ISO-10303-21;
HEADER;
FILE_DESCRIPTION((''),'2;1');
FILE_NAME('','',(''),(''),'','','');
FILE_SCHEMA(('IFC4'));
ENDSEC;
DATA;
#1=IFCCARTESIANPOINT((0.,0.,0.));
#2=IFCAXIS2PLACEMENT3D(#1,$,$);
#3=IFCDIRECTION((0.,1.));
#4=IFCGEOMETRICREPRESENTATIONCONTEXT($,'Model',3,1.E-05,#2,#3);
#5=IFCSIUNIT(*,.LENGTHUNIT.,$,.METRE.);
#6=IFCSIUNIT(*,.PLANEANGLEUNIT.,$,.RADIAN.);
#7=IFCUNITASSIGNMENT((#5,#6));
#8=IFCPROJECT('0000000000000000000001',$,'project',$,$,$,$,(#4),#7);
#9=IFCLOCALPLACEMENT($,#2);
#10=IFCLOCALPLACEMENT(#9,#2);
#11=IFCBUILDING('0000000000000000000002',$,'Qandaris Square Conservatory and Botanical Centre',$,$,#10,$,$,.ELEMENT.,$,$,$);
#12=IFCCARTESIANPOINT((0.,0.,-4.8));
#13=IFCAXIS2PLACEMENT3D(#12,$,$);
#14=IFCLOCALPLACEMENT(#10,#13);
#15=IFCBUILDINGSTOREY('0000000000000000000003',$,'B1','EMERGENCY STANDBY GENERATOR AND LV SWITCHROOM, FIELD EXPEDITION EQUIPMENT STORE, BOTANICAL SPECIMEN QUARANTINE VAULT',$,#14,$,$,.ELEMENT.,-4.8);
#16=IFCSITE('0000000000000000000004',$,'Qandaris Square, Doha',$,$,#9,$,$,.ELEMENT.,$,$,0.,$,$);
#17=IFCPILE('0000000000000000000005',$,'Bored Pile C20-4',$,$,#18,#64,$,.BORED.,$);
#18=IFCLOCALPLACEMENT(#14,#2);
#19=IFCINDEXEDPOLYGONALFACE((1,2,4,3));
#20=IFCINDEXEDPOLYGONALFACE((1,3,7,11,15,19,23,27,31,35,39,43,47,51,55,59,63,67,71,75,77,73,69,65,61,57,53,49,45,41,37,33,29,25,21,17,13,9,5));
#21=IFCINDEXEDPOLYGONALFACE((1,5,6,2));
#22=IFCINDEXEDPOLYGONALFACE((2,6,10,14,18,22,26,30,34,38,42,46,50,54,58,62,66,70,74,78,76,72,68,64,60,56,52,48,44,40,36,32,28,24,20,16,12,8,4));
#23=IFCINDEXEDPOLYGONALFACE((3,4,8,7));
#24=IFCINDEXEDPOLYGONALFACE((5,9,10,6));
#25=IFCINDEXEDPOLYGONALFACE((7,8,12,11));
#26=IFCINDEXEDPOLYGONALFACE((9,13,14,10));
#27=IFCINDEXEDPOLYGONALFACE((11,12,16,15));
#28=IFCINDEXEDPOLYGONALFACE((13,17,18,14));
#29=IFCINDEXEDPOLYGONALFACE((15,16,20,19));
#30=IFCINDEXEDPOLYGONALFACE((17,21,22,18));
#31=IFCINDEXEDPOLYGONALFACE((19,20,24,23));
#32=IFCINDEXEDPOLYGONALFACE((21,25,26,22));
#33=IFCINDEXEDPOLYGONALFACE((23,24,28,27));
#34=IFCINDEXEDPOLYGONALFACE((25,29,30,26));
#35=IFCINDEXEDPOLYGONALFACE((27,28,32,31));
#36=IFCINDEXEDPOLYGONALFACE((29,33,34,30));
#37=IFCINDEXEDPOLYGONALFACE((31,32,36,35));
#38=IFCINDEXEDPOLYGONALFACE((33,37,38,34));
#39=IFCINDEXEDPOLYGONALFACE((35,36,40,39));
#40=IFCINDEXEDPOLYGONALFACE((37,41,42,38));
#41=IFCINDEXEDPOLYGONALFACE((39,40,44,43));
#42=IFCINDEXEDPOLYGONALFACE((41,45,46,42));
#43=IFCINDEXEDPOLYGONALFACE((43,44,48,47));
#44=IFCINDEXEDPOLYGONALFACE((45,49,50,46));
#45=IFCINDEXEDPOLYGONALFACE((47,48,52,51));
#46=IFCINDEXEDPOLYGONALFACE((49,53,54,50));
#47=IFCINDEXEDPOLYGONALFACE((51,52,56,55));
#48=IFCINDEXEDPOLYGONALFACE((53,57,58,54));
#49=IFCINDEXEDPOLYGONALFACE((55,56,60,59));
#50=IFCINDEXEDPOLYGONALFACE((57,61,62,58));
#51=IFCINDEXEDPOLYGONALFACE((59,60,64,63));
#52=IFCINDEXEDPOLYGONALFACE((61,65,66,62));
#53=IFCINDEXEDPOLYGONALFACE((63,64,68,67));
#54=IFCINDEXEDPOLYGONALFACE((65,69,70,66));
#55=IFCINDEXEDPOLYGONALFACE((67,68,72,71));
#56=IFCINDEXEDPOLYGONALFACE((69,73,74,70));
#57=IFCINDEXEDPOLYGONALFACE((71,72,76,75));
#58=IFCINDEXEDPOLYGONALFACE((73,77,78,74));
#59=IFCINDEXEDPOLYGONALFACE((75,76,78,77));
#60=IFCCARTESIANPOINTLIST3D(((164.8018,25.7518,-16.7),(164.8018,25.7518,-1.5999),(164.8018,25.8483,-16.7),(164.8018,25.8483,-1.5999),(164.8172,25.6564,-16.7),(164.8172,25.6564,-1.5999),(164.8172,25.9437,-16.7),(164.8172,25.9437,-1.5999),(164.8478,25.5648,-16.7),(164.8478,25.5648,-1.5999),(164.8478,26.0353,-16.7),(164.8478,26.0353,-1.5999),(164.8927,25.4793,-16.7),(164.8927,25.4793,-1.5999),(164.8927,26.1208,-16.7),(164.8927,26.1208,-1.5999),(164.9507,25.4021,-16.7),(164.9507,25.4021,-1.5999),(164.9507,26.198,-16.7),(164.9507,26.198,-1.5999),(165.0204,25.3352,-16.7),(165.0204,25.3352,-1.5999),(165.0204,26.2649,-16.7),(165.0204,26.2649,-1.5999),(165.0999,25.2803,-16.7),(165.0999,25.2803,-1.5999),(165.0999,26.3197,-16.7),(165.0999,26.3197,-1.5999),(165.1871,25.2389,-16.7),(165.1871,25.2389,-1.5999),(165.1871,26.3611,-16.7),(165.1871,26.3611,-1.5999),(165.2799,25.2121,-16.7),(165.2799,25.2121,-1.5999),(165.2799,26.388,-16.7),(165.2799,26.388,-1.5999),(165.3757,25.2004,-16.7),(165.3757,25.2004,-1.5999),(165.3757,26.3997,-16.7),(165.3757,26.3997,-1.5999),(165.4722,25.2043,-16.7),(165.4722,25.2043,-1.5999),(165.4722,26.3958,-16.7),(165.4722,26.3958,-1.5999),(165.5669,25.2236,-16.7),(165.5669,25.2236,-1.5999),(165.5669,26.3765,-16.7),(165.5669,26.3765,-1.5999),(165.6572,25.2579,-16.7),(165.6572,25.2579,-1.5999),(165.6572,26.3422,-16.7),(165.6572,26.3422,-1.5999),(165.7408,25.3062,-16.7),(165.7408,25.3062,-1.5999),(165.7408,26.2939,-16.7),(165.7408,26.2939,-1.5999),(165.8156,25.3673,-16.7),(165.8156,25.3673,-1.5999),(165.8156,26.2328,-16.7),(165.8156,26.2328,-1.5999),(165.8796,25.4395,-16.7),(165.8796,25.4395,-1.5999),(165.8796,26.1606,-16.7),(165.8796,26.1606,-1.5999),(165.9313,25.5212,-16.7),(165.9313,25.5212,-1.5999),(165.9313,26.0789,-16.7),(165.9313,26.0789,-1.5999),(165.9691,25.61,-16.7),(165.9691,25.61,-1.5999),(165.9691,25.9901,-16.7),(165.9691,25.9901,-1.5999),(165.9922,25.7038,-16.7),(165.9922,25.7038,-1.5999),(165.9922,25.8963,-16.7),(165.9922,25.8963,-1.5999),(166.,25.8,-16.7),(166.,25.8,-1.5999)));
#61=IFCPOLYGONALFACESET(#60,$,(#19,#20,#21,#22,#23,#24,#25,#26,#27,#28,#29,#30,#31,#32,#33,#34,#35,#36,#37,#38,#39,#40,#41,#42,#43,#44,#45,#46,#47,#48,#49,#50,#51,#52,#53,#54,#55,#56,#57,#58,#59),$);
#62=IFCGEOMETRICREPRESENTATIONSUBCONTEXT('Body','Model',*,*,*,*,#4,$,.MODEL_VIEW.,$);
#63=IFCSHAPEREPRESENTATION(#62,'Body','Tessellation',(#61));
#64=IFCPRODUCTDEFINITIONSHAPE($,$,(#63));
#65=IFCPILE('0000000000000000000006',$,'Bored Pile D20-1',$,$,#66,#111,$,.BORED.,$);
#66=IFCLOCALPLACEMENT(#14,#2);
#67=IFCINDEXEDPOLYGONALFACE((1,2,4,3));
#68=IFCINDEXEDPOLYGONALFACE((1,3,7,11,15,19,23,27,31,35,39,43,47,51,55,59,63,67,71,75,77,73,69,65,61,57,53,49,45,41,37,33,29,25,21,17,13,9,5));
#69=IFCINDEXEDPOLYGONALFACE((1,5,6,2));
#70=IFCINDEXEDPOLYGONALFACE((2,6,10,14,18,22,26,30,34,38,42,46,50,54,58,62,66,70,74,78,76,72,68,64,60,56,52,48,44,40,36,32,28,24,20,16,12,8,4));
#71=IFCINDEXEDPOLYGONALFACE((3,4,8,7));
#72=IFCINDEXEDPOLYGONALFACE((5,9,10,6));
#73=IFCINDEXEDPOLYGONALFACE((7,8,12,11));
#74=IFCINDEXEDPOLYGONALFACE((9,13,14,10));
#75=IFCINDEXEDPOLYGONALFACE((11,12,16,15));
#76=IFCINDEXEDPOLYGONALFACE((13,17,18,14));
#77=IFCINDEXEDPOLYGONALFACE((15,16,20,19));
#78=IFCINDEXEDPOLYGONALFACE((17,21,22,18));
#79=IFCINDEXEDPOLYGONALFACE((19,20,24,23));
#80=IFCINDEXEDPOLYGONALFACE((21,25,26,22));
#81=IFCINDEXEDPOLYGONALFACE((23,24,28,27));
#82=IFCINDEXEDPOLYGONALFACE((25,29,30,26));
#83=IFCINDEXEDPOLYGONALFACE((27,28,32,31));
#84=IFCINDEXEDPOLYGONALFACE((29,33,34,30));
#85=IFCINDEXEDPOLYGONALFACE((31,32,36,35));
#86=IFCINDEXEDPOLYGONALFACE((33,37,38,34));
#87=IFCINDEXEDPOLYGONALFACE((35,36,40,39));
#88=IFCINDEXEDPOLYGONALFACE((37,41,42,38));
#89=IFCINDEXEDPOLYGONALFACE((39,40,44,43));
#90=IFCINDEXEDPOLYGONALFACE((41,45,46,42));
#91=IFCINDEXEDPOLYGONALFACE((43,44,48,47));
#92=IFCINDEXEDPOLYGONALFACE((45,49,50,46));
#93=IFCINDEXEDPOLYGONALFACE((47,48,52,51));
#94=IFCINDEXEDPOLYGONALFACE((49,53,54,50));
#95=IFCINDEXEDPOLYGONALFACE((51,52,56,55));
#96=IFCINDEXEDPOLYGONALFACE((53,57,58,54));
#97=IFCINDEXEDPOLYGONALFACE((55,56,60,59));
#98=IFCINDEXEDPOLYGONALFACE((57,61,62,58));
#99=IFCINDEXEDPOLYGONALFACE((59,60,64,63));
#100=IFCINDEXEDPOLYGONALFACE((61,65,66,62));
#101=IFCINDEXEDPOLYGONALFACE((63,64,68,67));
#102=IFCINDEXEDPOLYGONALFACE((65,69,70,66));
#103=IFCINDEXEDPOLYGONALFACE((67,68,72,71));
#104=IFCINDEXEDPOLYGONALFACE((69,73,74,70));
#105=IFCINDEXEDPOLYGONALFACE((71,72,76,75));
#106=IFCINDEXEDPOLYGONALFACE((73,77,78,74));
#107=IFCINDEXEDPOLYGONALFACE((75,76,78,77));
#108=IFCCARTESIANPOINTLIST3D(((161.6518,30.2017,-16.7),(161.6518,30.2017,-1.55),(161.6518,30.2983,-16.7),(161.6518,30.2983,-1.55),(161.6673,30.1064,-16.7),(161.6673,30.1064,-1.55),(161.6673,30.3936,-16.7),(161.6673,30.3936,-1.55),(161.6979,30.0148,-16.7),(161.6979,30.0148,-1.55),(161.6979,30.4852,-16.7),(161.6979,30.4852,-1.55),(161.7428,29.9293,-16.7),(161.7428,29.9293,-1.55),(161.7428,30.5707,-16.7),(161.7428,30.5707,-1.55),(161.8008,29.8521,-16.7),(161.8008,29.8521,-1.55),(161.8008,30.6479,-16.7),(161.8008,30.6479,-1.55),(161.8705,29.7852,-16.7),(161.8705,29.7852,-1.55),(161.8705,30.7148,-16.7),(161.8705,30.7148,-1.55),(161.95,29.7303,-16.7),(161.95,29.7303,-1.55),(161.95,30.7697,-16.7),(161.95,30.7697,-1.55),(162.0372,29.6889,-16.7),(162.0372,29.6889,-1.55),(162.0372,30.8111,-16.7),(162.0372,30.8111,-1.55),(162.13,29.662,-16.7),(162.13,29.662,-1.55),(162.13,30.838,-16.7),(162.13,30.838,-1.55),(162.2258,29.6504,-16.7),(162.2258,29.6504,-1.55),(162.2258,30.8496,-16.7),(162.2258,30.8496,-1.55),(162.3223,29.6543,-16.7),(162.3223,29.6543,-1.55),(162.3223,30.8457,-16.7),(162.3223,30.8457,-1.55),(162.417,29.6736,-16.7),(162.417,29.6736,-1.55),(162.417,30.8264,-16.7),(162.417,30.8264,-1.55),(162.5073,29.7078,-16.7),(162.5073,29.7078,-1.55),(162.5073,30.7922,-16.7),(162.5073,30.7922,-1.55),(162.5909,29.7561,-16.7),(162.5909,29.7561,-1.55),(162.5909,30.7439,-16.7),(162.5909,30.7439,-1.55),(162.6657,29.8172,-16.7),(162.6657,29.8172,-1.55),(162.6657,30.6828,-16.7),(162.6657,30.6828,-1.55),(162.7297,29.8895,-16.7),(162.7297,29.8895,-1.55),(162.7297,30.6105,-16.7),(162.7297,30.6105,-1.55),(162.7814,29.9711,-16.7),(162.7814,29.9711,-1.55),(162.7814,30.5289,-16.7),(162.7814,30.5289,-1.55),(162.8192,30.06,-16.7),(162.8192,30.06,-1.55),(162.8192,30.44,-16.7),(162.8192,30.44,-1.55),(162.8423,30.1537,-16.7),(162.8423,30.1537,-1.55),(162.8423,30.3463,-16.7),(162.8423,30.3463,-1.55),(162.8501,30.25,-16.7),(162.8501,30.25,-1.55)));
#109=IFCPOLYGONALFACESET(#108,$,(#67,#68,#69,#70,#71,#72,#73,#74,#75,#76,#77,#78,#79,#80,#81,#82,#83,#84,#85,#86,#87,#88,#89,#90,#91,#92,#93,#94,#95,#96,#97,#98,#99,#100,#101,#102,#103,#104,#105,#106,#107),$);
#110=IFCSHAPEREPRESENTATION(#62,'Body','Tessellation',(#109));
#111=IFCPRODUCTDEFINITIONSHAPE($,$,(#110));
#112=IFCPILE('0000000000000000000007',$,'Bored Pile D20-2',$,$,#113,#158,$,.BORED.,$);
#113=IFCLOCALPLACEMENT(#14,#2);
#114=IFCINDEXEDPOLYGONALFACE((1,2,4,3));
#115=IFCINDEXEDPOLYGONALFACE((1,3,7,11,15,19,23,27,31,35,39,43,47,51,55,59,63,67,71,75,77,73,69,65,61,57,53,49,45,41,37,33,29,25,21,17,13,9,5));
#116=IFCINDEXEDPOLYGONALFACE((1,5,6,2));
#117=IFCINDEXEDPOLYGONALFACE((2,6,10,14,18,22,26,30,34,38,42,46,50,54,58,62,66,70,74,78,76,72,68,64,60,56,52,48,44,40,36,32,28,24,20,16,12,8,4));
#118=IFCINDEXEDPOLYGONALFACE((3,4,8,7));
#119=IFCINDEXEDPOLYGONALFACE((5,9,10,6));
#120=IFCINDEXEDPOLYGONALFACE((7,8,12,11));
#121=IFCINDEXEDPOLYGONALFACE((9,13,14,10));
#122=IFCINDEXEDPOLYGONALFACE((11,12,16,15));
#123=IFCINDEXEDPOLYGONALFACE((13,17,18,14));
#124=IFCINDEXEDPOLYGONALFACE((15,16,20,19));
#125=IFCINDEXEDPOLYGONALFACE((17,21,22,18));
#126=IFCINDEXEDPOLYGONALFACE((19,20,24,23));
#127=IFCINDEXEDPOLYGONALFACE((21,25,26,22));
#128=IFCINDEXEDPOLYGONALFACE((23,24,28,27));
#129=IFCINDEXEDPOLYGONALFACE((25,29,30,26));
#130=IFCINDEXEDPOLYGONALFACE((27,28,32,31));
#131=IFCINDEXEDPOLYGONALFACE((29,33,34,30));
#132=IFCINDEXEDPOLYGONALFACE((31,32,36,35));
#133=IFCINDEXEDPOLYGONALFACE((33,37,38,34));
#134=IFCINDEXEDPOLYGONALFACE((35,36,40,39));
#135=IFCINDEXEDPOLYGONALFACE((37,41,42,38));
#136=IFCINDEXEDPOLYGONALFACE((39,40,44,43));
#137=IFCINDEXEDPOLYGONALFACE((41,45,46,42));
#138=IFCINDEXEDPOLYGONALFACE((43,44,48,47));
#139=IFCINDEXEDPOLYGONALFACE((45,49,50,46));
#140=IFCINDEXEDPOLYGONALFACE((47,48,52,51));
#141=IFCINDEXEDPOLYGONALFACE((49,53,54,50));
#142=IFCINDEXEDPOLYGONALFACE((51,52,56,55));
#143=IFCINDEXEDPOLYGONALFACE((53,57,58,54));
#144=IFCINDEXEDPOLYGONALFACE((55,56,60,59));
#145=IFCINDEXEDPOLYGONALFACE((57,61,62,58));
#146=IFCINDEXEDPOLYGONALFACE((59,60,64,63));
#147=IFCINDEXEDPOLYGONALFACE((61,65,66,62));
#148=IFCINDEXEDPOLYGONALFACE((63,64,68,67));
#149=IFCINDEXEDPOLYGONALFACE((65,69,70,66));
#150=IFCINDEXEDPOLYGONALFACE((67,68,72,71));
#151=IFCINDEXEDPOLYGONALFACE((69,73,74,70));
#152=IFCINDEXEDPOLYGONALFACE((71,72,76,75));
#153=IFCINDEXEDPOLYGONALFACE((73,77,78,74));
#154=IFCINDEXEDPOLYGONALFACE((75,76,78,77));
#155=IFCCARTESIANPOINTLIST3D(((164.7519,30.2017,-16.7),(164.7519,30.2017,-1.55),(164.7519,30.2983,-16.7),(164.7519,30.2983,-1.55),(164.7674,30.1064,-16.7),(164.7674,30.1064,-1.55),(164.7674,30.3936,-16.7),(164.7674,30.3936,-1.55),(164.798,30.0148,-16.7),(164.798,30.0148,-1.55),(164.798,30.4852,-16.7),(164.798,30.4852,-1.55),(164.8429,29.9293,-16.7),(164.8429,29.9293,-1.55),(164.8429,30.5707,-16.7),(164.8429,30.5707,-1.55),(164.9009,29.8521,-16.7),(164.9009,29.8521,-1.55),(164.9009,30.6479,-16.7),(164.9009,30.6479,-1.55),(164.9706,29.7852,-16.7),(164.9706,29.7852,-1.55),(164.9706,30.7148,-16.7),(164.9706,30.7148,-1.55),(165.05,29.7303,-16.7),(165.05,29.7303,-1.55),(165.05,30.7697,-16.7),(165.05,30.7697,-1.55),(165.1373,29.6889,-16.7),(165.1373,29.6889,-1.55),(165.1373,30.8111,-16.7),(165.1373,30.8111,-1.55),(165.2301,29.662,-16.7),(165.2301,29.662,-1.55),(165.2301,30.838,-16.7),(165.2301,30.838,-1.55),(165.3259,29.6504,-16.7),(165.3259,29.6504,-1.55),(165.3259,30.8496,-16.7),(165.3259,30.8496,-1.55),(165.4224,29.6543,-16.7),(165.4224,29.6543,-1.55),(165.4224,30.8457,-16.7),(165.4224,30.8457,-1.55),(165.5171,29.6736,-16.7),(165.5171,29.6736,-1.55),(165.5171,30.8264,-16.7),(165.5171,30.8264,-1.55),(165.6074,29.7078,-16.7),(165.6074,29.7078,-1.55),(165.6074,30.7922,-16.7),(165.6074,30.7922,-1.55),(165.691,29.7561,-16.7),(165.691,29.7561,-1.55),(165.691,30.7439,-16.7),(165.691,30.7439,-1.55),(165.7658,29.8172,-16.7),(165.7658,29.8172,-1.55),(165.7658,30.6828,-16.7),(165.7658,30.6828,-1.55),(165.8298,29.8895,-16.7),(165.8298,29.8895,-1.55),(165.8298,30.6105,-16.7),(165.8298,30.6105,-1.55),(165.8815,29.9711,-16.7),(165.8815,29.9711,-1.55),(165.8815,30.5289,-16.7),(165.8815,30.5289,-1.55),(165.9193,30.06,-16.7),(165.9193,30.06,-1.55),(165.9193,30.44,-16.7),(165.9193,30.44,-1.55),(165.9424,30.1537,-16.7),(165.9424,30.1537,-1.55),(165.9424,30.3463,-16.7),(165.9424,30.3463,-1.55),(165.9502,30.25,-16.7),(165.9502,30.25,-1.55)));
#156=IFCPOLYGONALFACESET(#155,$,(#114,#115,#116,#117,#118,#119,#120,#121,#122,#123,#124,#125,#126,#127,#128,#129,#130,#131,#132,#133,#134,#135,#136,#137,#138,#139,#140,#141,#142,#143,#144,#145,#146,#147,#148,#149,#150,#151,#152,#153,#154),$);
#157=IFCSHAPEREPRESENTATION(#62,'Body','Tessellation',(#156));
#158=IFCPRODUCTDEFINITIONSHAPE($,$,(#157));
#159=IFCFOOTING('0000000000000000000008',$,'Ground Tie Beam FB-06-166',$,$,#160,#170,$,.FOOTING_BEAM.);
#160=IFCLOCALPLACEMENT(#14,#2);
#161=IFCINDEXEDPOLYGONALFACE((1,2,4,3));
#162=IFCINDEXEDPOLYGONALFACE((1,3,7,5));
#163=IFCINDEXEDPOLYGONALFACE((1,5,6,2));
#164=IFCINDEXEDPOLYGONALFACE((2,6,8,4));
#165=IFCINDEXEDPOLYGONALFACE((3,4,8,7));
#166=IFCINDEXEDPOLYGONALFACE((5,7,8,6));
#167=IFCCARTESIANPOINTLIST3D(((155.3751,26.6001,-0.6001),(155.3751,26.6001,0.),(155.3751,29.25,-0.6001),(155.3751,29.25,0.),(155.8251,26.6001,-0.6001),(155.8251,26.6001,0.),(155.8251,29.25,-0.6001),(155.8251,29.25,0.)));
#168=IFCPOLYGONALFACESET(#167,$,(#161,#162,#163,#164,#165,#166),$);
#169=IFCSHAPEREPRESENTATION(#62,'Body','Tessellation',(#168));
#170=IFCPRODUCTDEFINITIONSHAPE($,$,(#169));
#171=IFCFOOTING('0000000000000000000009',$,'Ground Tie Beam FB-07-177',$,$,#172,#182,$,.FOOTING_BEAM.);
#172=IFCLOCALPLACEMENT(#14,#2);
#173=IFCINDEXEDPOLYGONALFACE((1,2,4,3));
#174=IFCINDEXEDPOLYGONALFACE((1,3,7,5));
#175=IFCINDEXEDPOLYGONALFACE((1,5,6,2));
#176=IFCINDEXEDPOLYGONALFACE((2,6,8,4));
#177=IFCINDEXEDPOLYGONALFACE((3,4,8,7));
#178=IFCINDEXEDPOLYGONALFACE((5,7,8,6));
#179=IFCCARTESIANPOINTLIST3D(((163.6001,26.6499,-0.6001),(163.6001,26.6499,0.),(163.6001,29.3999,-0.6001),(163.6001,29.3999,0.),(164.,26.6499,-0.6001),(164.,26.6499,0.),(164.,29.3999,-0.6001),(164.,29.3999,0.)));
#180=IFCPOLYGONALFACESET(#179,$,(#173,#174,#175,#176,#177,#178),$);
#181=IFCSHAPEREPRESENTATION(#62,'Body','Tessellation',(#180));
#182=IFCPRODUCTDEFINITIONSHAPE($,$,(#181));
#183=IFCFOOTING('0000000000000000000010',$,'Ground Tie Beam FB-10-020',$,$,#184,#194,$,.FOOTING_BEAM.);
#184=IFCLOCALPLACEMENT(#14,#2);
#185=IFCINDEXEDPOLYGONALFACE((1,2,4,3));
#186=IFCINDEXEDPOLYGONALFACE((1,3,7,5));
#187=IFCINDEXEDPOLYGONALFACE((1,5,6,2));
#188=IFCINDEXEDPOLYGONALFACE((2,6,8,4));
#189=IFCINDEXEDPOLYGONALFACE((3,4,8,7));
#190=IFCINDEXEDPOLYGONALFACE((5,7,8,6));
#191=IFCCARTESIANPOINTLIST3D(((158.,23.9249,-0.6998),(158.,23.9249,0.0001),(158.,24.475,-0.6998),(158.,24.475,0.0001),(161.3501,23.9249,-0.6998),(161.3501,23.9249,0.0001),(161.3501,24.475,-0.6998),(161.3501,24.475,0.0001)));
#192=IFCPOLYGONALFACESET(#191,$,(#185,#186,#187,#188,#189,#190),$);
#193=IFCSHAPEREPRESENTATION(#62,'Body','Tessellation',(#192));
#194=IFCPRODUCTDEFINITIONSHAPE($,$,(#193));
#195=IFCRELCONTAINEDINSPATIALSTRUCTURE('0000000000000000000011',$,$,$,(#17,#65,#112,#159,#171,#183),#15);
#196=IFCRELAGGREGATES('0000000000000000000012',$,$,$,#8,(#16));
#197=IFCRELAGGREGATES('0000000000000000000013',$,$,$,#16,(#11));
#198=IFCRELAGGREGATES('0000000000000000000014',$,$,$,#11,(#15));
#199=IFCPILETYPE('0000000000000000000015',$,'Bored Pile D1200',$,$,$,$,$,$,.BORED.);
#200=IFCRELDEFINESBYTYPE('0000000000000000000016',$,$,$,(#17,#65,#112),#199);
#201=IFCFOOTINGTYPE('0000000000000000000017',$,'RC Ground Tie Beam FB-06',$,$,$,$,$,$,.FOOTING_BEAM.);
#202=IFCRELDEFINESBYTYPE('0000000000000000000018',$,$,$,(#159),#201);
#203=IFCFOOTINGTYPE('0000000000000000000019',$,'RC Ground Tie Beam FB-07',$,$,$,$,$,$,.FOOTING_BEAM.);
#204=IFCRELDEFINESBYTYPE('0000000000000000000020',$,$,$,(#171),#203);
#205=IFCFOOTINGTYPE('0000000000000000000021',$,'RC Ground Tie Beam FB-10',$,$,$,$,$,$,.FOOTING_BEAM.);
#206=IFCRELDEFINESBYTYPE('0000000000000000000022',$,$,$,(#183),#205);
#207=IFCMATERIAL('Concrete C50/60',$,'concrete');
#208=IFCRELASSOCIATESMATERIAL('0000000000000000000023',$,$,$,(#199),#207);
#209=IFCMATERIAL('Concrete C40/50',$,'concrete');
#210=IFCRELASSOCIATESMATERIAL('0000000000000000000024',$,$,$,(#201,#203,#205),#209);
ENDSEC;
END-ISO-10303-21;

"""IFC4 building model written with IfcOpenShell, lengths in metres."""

from ifc_helpers import new_model, si_unit, direction, frame, origin, origin_2d, place, context, subcontext, project, spatial, rectangle, circle, extrude, material, material_profile, profile_set, type_object, element, save


model = new_model("IFC4")

# Units and contexts
model_context = context("Model", 3, precision=1e-05, world=origin(), true_north=direction((0.0, 1.0)))
body_context = subcontext(model_context, "Body", "Model", "MODEL_VIEW")
ifc_project = project(units=[si_unit("LENGTHUNIT", "METRE"), si_unit("PLANEANGLEUNIT", "RADIAN")], contexts=[model_context])

# Site, building, storey
site_placement = place(None, origin())
site = spatial("IfcSite", under=ifc_project, at=site_placement, Name="Qandaris Square, Doha", CompositionType="ELEMENT", RefElevation=0.0)
building_placement = place(site_placement, origin())
building = spatial("IfcBuilding", under=site, at=building_placement, Name="Qandaris Square Conservatory and Botanical Centre", CompositionType="ELEMENT")
storey_placement = place(building_placement, frame((0.0, 0.0, -4.8)))
storey = spatial("IfcBuildingStorey", under=building, at=storey_placement, Name="B1", Description="EMERGENCY STANDBY GENERATOR AND LV SWITCHROOM, FIELD EXPEDITION EQUIPMENT STORE, BOTANICAL SPECIMEN QUARANTINE VAULT", CompositionType="ELEMENT", Elevation=-4.8)

# Piles
ifc_material_1 = material(Name="Concrete C50/60", Category="concrete")
ifc_material_profile_1 = material_profile(ifc_material_1, circle(Radius=0.6001, at=origin_2d()), Name="PILE D1200")
ifc_profile_set_1 = profile_set([ifc_material_profile_1], Name="Concrete C50/60")
pile_type = type_object("IfcPileType", Name="Bored Pile D1200", PredefinedType="BORED", material=ifc_profile_set_1)
for number, where, z_axis, x_axis, name in (
    (1, (165.3999, 25.8, -1.5999), (0.0, 0.0, -1.0), (1.0, 0.0, 0.0), "Bored Pile C20-4"),
):
    element("IfcPile", number, at=place(storey_placement, frame(where, z_axis=z_axis, x_axis=x_axis)), inside=storey, type_object=pile_type, Name=name, PredefinedType="BORED", context=body_context, shape_type="SweptSolid", body=[
        extrude(circle(Radius=0.6001, at=origin_2d()), origin(), (0.0, 0.0, 1.0), 15.1001),
    ])
for number, where, z_axis, x_axis, name in (
    (2, (162.25, 30.25, -1.55), (0.0, 0.0, -1.0), (1.0, 0.0, 0.0), "Bored Pile D20-1"),
    (3, (165.3501, 30.25, -1.55), (0.0, 0.0, -1.0), (1.0, 0.0, 0.0), "Bored Pile D20-2"),
):
    element("IfcPile", number, at=place(storey_placement, frame(where, z_axis=z_axis, x_axis=x_axis)), inside=storey, type_object=pile_type, Name=name, PredefinedType="BORED", context=body_context, shape_type="SweptSolid", body=[
        extrude(circle(Radius=0.6001, at=origin_2d()), origin(), (0.0, 0.0, 1.0), 15.1499),
    ])

# Footings
ifc_material_2 = material(Name="Concrete C40/50", Category="concrete")
ifc_material_profile_2 = material_profile(ifc_material_2, rectangle(XDim=0.45, YDim=0.6001, at=origin_2d()), Name="FB 450x600")
ifc_profile_set_2 = profile_set([ifc_material_profile_2], Name="Concrete C40/50")
footing_type_1 = type_object("IfcFootingType", Name="RC Ground Tie Beam FB-06", PredefinedType="FOOTING_BEAM", material=ifc_profile_set_2)
footing_1_placement = place(storey_placement, frame((155.6001, 26.6001, -0.3), z_axis=(0.0, 1.0, 0.0), x_axis=(-1.0, 0.0, 0.0)))
element("IfcFooting", 4, at=footing_1_placement, inside=storey, type_object=footing_type_1, Name="Ground Tie Beam FB-06-166", PredefinedType="FOOTING_BEAM", context=body_context, shape_type="SweptSolid", body=[
    extrude(rectangle(XDim=0.45, YDim=0.6001, at=origin_2d()), origin(), (0.0, 0.0, 1.0), 2.6499),
])
ifc_material_profile_3 = material_profile(ifc_material_2, rectangle(XDim=0.3999, YDim=0.6001, at=origin_2d()), Name="FB 400x600")
ifc_profile_set_3 = profile_set([ifc_material_profile_3], Name="Concrete C40/50")
footing_type_2 = type_object("IfcFootingType", Name="RC Ground Tie Beam FB-07", PredefinedType="FOOTING_BEAM", material=ifc_profile_set_3)
footing_2_placement = place(storey_placement, frame((163.8, 26.6499, -0.3), z_axis=(0.0, 1.0, 0.0), x_axis=(-1.0, 0.0, 0.0)))
element("IfcFooting", 5, at=footing_2_placement, inside=storey, type_object=footing_type_2, Name="Ground Tie Beam FB-07-177", PredefinedType="FOOTING_BEAM", context=body_context, shape_type="SweptSolid", body=[
    extrude(rectangle(XDim=0.3999, YDim=0.6001, at=origin_2d()), origin(), (0.0, 0.0, 1.0), 2.75),
])
ifc_material_profile_4 = material_profile(ifc_material_2, rectangle(XDim=0.55, YDim=0.7, at=origin_2d()), Name="FB 550x700")
ifc_profile_set_4 = profile_set([ifc_material_profile_4], Name="Concrete C40/50")
footing_type_3 = type_object("IfcFootingType", Name="RC Ground Tie Beam FB-10", PredefinedType="FOOTING_BEAM", material=ifc_profile_set_4)
footing_3_placement = place(storey_placement, frame((158.0, 24.2, -0.3499), z_axis=(1.0, 0.0, 0.0), x_axis=(0.0, 1.0, 0.0)))
element("IfcFooting", 6, at=footing_3_placement, inside=storey, type_object=footing_type_3, Name="Ground Tie Beam FB-10-020", PredefinedType="FOOTING_BEAM", context=body_context, shape_type="SweptSolid", body=[
    extrude(rectangle(XDim=0.55, YDim=0.7, at=origin_2d()), origin(), (0.0, 0.0, 1.0), 3.3501),
])

save(model, "model.ifc")
